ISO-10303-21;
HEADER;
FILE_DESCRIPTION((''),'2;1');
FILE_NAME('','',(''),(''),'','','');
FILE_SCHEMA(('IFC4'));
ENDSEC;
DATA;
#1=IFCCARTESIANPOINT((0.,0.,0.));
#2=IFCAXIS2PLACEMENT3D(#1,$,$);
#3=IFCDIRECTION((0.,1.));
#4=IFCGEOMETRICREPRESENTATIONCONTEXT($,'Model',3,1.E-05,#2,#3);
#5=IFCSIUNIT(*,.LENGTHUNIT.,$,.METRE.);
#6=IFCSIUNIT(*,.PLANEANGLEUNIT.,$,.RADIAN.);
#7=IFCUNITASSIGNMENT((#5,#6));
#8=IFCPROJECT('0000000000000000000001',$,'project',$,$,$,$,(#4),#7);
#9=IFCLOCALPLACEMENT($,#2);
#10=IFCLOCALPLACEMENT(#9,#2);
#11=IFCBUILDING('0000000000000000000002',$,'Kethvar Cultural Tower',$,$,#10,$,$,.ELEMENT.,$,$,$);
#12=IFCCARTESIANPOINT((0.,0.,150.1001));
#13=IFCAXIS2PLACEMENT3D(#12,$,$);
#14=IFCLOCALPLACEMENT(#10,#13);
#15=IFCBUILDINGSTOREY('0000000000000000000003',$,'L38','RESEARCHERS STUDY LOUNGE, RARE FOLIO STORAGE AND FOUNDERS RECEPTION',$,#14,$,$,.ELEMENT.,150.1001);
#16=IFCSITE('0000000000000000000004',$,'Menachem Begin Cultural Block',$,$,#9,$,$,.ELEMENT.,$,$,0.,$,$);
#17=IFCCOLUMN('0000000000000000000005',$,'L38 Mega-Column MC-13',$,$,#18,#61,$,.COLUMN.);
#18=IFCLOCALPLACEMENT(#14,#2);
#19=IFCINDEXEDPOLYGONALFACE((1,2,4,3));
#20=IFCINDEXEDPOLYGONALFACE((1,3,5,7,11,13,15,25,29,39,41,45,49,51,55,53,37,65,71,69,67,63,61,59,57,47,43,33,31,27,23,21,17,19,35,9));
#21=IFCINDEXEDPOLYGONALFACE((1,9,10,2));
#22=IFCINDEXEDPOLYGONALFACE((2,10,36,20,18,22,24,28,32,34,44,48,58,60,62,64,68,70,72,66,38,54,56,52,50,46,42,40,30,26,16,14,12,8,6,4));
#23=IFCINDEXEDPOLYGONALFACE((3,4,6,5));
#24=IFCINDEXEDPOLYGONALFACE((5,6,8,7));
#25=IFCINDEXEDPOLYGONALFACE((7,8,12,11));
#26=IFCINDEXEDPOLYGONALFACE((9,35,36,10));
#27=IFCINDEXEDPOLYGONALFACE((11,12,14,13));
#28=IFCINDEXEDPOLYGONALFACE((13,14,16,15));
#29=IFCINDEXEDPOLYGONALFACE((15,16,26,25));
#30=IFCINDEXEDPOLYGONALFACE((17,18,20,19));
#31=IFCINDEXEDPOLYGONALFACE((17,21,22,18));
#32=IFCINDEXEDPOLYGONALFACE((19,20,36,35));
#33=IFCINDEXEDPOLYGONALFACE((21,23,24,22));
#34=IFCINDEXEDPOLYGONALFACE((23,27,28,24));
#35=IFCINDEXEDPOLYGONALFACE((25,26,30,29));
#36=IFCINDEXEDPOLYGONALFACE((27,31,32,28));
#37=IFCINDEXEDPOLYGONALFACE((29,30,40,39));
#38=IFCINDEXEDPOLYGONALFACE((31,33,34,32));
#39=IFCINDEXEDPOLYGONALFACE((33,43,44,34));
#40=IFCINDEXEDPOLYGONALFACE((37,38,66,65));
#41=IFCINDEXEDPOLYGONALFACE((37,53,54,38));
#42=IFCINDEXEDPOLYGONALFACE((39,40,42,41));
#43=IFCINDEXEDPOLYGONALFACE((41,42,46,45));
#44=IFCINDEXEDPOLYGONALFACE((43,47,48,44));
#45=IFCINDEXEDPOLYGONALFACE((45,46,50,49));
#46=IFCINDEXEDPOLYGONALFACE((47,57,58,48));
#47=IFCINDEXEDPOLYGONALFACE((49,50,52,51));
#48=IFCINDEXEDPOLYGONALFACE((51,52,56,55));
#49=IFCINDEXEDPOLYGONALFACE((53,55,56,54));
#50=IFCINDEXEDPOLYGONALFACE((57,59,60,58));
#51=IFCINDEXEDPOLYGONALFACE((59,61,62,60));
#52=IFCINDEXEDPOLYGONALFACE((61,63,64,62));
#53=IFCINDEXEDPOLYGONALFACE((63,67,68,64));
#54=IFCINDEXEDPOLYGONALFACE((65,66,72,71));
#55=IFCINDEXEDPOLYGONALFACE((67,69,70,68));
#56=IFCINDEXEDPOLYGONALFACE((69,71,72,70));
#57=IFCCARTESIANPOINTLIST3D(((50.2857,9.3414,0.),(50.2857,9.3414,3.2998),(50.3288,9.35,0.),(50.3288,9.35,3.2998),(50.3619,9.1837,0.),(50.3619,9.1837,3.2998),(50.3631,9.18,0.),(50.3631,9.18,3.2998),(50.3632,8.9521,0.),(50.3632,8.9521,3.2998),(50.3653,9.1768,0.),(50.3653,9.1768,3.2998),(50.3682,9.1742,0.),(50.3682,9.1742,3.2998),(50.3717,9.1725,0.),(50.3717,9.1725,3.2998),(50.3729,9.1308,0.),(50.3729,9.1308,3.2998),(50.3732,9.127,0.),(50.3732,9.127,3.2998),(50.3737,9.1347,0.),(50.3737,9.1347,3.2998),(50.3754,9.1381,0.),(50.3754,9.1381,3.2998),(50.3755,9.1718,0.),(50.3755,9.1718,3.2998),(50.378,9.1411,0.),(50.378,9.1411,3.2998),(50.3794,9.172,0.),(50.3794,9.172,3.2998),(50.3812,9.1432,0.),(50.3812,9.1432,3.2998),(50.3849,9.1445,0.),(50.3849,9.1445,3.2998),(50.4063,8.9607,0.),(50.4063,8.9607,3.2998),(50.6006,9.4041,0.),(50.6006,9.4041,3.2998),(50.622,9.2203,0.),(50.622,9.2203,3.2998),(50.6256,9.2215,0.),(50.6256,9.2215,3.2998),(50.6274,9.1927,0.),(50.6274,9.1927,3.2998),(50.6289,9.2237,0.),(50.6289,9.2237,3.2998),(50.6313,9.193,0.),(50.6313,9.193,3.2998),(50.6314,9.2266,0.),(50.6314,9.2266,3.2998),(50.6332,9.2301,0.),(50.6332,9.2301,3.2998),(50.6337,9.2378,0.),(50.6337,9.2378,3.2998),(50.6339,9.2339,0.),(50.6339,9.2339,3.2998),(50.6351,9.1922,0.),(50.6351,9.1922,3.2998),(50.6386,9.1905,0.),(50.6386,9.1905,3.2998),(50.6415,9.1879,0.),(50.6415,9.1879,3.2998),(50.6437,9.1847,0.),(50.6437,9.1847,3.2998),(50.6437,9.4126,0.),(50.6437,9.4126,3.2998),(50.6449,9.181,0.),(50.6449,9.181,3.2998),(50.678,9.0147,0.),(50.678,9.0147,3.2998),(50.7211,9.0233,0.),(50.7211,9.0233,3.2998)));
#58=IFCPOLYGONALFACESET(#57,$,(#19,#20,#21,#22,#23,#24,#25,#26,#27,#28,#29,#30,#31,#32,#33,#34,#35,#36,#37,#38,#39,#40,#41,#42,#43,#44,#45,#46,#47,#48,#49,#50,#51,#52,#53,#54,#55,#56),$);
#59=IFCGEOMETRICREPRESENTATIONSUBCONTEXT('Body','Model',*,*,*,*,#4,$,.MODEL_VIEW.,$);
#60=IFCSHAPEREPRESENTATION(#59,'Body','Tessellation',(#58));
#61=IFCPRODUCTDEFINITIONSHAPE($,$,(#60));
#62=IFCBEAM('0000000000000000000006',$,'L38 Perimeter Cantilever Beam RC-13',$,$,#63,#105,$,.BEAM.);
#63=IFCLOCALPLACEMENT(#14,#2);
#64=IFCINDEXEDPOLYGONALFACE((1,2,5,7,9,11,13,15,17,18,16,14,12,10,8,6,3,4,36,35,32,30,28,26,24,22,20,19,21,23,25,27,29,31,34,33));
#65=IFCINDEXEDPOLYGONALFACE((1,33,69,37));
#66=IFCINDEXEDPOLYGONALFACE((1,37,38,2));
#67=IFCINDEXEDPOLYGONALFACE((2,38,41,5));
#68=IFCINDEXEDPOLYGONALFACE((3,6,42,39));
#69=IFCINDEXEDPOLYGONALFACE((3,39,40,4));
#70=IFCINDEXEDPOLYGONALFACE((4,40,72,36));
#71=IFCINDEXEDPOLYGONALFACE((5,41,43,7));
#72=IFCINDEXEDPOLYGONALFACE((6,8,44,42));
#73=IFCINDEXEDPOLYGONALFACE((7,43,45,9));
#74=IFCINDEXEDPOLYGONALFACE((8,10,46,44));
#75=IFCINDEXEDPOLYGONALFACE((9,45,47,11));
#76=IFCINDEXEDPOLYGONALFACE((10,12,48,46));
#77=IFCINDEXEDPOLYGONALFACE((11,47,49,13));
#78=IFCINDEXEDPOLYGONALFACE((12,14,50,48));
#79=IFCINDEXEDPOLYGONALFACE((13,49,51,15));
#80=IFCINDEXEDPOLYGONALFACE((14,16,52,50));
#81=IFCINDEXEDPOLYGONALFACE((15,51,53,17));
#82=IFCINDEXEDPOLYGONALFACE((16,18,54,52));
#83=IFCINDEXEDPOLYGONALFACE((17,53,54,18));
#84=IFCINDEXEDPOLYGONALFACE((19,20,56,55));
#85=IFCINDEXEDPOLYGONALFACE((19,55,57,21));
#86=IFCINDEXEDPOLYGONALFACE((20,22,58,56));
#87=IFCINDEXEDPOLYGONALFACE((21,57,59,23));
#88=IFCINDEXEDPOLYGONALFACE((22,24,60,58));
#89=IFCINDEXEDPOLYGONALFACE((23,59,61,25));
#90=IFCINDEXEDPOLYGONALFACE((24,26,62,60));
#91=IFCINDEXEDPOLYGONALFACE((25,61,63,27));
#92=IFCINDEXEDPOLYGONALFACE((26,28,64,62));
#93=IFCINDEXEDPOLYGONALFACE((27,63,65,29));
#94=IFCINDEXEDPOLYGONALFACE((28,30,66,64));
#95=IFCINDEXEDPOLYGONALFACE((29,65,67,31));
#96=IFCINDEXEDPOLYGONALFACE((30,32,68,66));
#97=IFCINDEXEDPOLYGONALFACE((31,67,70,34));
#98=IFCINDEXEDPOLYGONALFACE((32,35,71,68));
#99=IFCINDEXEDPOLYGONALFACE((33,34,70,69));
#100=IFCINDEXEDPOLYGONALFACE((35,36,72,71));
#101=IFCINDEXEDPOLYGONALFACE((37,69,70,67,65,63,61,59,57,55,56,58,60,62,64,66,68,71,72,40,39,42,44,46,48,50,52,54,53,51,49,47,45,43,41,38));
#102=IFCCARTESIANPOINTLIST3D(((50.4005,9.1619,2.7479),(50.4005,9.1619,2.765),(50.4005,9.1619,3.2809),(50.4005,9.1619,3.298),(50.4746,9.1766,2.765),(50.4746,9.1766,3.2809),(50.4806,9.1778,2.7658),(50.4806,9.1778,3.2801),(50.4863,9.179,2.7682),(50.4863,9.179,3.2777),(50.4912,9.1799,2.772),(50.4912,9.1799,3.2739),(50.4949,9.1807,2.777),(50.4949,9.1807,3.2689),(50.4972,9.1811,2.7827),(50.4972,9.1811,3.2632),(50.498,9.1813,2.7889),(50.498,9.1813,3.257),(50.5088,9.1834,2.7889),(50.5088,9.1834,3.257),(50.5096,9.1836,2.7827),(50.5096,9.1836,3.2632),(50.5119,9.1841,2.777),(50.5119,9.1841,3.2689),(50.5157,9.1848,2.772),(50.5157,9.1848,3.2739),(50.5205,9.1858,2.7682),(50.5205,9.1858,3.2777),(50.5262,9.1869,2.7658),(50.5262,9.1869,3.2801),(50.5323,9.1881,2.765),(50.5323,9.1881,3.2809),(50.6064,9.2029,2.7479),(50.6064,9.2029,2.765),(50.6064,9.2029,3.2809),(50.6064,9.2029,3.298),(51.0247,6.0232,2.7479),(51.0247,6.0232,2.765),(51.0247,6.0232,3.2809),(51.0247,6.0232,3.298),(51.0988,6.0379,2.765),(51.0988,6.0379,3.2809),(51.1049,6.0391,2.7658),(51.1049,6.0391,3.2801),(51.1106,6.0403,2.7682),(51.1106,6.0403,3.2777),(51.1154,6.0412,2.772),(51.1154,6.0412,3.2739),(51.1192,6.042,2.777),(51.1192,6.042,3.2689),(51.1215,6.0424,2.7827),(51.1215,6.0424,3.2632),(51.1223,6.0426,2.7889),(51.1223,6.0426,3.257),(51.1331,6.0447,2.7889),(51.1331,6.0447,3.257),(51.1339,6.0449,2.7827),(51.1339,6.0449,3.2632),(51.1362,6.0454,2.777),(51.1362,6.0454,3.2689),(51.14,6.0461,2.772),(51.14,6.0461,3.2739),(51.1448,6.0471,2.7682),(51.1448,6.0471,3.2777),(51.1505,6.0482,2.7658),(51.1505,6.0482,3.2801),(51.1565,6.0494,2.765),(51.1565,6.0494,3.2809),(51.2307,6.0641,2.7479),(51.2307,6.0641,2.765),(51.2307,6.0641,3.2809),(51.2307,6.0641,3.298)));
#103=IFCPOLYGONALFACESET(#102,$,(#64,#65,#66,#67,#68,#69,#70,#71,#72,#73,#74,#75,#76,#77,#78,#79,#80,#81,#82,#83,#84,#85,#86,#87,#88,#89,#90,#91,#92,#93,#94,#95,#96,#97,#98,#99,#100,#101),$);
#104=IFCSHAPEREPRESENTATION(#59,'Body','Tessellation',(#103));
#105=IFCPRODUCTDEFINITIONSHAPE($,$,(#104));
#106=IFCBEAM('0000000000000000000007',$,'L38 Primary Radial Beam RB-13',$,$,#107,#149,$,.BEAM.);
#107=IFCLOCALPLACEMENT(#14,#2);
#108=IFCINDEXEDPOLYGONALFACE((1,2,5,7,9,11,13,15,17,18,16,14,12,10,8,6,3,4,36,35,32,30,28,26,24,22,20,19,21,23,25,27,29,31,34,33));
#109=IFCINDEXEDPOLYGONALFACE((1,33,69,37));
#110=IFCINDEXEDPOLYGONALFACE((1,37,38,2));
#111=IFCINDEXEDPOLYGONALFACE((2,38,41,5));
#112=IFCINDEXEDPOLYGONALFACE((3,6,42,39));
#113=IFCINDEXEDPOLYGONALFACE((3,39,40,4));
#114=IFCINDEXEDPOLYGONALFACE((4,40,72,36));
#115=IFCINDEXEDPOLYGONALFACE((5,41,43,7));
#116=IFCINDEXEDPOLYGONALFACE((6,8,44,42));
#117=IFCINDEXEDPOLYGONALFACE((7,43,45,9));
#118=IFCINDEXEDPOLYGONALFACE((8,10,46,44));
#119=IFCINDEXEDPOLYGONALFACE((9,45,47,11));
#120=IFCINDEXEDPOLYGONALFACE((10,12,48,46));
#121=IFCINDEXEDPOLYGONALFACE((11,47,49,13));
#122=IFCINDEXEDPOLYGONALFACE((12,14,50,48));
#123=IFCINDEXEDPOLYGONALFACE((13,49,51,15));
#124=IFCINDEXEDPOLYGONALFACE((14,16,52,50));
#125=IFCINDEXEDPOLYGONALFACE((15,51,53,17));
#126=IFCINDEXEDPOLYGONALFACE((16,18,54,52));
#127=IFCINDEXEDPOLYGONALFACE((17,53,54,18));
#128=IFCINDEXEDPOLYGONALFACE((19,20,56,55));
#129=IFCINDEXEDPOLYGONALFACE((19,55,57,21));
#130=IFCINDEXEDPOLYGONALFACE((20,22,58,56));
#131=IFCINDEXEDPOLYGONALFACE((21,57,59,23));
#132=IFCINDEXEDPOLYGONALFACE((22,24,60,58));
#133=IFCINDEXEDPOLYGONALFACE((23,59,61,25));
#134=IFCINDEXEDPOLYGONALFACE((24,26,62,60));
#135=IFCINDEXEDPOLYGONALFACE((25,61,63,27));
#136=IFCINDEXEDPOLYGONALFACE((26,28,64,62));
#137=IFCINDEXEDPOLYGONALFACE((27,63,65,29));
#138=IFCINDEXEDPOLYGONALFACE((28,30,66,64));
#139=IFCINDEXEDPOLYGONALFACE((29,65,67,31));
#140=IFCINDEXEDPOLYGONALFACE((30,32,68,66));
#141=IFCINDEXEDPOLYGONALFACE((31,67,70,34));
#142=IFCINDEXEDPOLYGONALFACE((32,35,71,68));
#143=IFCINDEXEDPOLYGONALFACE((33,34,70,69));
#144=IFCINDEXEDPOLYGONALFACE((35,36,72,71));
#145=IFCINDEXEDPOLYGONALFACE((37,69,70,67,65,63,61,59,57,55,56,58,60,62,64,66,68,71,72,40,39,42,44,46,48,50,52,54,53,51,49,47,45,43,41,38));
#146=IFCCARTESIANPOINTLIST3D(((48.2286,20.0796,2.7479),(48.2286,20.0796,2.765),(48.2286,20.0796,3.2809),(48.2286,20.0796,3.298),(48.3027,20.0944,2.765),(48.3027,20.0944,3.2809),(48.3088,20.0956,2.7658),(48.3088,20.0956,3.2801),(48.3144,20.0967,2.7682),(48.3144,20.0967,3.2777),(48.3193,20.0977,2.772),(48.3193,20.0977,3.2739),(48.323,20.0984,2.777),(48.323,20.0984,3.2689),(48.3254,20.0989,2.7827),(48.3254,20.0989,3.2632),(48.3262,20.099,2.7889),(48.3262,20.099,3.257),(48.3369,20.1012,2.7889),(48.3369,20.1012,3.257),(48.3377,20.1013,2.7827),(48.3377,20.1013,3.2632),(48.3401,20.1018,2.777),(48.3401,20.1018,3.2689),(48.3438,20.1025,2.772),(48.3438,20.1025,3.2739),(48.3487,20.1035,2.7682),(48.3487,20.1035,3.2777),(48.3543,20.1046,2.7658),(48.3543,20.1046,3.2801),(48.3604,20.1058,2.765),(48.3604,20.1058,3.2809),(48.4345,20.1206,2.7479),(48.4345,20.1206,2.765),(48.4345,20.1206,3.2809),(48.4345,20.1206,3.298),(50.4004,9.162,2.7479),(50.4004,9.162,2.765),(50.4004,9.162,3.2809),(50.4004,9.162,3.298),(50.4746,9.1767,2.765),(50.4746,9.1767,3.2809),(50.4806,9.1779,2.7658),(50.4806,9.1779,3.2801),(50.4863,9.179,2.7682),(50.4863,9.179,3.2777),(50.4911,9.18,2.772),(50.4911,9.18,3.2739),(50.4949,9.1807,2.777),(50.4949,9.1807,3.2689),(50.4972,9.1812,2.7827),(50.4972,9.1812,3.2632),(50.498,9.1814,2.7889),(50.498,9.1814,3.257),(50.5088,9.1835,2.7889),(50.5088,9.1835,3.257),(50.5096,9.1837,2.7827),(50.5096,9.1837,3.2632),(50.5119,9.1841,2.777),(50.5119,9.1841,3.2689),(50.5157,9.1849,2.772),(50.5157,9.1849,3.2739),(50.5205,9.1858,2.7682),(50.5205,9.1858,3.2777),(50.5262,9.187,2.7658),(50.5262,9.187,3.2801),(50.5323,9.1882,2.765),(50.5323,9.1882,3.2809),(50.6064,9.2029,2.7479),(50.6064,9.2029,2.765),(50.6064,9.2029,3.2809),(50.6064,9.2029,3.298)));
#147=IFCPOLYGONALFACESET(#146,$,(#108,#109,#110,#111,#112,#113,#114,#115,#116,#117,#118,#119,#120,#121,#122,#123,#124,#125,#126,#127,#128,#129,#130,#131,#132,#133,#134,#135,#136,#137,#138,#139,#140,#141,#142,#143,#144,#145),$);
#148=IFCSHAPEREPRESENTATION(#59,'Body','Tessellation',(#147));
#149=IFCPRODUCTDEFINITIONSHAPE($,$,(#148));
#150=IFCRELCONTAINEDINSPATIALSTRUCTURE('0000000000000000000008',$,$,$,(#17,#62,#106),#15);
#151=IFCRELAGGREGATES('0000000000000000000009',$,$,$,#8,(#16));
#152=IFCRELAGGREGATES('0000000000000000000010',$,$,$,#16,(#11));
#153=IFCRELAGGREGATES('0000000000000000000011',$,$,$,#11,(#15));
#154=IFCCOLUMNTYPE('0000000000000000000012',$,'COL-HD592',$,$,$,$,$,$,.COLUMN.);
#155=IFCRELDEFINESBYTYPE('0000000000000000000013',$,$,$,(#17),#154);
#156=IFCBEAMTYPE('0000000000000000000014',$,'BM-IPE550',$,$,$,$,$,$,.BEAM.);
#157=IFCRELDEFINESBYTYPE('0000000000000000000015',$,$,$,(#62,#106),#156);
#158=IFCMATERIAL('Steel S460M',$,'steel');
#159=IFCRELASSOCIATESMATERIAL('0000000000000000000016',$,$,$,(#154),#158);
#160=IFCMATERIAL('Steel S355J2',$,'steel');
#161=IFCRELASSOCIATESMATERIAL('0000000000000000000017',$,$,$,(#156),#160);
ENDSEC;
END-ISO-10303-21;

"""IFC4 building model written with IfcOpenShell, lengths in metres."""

from ifc_helpers import new_model, si_unit, direction, frame, origin, origin_2d, place, context, subcontext, project, spatial, i_section, extrude, source, transform, mapped, material, material_profile, profile_set, type_object, element, save


model = new_model("IFC4")

# Units and contexts
model_context = context("Model", 3, precision=1e-05, world=origin(), true_north=direction((0.0, 1.0)))
body_context = subcontext(model_context, "Body", "Model", "MODEL_VIEW")
ifc_project = project(units=[si_unit("LENGTHUNIT", "METRE"), si_unit("PLANEANGLEUNIT", "RADIAN")], contexts=[model_context])

# Site, building, storey
site_placement = place(None, origin())
site = spatial("IfcSite", under=ifc_project, at=site_placement, Name="Menachem Begin Cultural Block", CompositionType="ELEMENT", RefElevation=0.0)
building_placement = place(site_placement, origin())
building = spatial("IfcBuilding", under=site, at=building_placement, Name="Kethvar Cultural Tower", CompositionType="ELEMENT")
storey_placement = place(building_placement, frame((0.0, 0.0, 150.1001)))
storey = spatial("IfcBuildingStorey", under=building, at=storey_placement, Name="L38", Description="RESEARCHERS STUDY LOUNGE, RARE FOLIO STORAGE AND FOUNDERS RECEPTION", CompositionType="ELEMENT", Elevation=150.1001)

# Column
ifc_material_1 = material(Name="Steel S460M", Category="steel")
ifc_material_profile_1 = material_profile(ifc_material_1, i_section(OverallWidth=0.397, OverallDepth=0.365, WebThickness=0.0281, FlangeThickness=0.0439, FilletRadius=0.0149, at=origin_2d()), Name="Steel S460M — HD400x592")
ifc_profile_set_1 = profile_set([ifc_material_profile_1], Name="Steel S460M — HD400x592")
column_type = type_object("IfcColumnType", Name="COL-HD592", PredefinedType="COLUMN", material=ifc_profile_set_1)
shared_shape_1 = source(origin(), body_context, "Body", "SweptSolid", [
    extrude(i_section(OverallWidth=0.397, OverallDepth=0.365, WebThickness=0.0281, FlangeThickness=0.0439, FilletRadius=0.0149, at=origin_2d()), origin(), (0.0, 0.0, 1.0), 3.2998),
])
column_placement = place(storey_placement, frame((50.5034, 9.1824, 0.0), z_axis=(0.0, 0.0, 1.0), x_axis=(0.19509, -0.980785, 0.0)))
element("IfcColumn", 1, at=column_placement, inside=storey, type_object=column_type, Name="L38 Mega-Column MC-13", PredefinedType="COLUMN", context=body_context, shape_type="MappedRepresentation", body=[
    mapped(shared_shape_1, transform((0.0, 0.0, 0.0), scale=1.0)),
])

# Beams
ifc_material_2 = material(Name="Steel S355J2", Category="steel")
ifc_material_profile_2 = material_profile(ifc_material_2, i_section(OverallWidth=0.21, OverallDepth=0.55, WebThickness=0.011, FlangeThickness=0.0171, FilletRadius=0.0239, at=origin_2d()), Name="Steel S355J2 — IPE550")
ifc_profile_set_2 = profile_set([ifc_material_profile_2], Name="Steel S355J2 — IPE550")
beam_type_1 = type_object("IfcBeamType", Name="BM-IPE550", PredefinedType="BEAM", material=ifc_profile_set_2)
shared_shape_2 = source(origin(), body_context, "Body", "SweptSolid", [
    extrude(i_section(OverallWidth=0.21, OverallDepth=0.55, WebThickness=0.011, FlangeThickness=0.0171, FilletRadius=0.0239, at=origin_2d()), origin(), (0.0, 0.0, 1.0), 3.2002),
])
beam_1_placement = place(storey_placement, frame((50.5034, 9.1824, 3.0229), z_axis=(0.195074, -0.980788, 0.0), x_axis=(0.980788, 0.195074, 0.0)))
element("IfcBeam", 2, at=beam_1_placement, inside=storey, type_object=beam_type_1, Name="L38 Perimeter Cantilever Beam RC-13", PredefinedType="BEAM", context=body_context, shape_type="MappedRepresentation", body=[
    mapped(shared_shape_2, transform((0.0, 0.0, 0.0), scale=1.0)),
])
shared_shape_3 = source(origin(), body_context, "Body", "SweptSolid", [
    extrude(i_section(OverallWidth=0.21, OverallDepth=0.55, WebThickness=0.011, FlangeThickness=0.0171, FilletRadius=0.0239, at=origin_2d()), origin(), (0.0, 0.0, 1.0), 11.1316),
])
beam_2_placement = place(storey_placement, frame((48.3315, 20.1001, 3.0229), z_axis=(0.195108, -0.980782, 0.0), x_axis=(0.980782, 0.195108, 0.0)))
element("IfcBeam", 3, at=beam_2_placement, inside=storey, type_object=beam_type_1, Name="L38 Primary Radial Beam RB-13", PredefinedType="BEAM", context=body_context, shape_type="MappedRepresentation", body=[
    mapped(shared_shape_3, transform((0.0, 0.0, 0.0), scale=1.0)),
])

save(model, "model.ifc")
